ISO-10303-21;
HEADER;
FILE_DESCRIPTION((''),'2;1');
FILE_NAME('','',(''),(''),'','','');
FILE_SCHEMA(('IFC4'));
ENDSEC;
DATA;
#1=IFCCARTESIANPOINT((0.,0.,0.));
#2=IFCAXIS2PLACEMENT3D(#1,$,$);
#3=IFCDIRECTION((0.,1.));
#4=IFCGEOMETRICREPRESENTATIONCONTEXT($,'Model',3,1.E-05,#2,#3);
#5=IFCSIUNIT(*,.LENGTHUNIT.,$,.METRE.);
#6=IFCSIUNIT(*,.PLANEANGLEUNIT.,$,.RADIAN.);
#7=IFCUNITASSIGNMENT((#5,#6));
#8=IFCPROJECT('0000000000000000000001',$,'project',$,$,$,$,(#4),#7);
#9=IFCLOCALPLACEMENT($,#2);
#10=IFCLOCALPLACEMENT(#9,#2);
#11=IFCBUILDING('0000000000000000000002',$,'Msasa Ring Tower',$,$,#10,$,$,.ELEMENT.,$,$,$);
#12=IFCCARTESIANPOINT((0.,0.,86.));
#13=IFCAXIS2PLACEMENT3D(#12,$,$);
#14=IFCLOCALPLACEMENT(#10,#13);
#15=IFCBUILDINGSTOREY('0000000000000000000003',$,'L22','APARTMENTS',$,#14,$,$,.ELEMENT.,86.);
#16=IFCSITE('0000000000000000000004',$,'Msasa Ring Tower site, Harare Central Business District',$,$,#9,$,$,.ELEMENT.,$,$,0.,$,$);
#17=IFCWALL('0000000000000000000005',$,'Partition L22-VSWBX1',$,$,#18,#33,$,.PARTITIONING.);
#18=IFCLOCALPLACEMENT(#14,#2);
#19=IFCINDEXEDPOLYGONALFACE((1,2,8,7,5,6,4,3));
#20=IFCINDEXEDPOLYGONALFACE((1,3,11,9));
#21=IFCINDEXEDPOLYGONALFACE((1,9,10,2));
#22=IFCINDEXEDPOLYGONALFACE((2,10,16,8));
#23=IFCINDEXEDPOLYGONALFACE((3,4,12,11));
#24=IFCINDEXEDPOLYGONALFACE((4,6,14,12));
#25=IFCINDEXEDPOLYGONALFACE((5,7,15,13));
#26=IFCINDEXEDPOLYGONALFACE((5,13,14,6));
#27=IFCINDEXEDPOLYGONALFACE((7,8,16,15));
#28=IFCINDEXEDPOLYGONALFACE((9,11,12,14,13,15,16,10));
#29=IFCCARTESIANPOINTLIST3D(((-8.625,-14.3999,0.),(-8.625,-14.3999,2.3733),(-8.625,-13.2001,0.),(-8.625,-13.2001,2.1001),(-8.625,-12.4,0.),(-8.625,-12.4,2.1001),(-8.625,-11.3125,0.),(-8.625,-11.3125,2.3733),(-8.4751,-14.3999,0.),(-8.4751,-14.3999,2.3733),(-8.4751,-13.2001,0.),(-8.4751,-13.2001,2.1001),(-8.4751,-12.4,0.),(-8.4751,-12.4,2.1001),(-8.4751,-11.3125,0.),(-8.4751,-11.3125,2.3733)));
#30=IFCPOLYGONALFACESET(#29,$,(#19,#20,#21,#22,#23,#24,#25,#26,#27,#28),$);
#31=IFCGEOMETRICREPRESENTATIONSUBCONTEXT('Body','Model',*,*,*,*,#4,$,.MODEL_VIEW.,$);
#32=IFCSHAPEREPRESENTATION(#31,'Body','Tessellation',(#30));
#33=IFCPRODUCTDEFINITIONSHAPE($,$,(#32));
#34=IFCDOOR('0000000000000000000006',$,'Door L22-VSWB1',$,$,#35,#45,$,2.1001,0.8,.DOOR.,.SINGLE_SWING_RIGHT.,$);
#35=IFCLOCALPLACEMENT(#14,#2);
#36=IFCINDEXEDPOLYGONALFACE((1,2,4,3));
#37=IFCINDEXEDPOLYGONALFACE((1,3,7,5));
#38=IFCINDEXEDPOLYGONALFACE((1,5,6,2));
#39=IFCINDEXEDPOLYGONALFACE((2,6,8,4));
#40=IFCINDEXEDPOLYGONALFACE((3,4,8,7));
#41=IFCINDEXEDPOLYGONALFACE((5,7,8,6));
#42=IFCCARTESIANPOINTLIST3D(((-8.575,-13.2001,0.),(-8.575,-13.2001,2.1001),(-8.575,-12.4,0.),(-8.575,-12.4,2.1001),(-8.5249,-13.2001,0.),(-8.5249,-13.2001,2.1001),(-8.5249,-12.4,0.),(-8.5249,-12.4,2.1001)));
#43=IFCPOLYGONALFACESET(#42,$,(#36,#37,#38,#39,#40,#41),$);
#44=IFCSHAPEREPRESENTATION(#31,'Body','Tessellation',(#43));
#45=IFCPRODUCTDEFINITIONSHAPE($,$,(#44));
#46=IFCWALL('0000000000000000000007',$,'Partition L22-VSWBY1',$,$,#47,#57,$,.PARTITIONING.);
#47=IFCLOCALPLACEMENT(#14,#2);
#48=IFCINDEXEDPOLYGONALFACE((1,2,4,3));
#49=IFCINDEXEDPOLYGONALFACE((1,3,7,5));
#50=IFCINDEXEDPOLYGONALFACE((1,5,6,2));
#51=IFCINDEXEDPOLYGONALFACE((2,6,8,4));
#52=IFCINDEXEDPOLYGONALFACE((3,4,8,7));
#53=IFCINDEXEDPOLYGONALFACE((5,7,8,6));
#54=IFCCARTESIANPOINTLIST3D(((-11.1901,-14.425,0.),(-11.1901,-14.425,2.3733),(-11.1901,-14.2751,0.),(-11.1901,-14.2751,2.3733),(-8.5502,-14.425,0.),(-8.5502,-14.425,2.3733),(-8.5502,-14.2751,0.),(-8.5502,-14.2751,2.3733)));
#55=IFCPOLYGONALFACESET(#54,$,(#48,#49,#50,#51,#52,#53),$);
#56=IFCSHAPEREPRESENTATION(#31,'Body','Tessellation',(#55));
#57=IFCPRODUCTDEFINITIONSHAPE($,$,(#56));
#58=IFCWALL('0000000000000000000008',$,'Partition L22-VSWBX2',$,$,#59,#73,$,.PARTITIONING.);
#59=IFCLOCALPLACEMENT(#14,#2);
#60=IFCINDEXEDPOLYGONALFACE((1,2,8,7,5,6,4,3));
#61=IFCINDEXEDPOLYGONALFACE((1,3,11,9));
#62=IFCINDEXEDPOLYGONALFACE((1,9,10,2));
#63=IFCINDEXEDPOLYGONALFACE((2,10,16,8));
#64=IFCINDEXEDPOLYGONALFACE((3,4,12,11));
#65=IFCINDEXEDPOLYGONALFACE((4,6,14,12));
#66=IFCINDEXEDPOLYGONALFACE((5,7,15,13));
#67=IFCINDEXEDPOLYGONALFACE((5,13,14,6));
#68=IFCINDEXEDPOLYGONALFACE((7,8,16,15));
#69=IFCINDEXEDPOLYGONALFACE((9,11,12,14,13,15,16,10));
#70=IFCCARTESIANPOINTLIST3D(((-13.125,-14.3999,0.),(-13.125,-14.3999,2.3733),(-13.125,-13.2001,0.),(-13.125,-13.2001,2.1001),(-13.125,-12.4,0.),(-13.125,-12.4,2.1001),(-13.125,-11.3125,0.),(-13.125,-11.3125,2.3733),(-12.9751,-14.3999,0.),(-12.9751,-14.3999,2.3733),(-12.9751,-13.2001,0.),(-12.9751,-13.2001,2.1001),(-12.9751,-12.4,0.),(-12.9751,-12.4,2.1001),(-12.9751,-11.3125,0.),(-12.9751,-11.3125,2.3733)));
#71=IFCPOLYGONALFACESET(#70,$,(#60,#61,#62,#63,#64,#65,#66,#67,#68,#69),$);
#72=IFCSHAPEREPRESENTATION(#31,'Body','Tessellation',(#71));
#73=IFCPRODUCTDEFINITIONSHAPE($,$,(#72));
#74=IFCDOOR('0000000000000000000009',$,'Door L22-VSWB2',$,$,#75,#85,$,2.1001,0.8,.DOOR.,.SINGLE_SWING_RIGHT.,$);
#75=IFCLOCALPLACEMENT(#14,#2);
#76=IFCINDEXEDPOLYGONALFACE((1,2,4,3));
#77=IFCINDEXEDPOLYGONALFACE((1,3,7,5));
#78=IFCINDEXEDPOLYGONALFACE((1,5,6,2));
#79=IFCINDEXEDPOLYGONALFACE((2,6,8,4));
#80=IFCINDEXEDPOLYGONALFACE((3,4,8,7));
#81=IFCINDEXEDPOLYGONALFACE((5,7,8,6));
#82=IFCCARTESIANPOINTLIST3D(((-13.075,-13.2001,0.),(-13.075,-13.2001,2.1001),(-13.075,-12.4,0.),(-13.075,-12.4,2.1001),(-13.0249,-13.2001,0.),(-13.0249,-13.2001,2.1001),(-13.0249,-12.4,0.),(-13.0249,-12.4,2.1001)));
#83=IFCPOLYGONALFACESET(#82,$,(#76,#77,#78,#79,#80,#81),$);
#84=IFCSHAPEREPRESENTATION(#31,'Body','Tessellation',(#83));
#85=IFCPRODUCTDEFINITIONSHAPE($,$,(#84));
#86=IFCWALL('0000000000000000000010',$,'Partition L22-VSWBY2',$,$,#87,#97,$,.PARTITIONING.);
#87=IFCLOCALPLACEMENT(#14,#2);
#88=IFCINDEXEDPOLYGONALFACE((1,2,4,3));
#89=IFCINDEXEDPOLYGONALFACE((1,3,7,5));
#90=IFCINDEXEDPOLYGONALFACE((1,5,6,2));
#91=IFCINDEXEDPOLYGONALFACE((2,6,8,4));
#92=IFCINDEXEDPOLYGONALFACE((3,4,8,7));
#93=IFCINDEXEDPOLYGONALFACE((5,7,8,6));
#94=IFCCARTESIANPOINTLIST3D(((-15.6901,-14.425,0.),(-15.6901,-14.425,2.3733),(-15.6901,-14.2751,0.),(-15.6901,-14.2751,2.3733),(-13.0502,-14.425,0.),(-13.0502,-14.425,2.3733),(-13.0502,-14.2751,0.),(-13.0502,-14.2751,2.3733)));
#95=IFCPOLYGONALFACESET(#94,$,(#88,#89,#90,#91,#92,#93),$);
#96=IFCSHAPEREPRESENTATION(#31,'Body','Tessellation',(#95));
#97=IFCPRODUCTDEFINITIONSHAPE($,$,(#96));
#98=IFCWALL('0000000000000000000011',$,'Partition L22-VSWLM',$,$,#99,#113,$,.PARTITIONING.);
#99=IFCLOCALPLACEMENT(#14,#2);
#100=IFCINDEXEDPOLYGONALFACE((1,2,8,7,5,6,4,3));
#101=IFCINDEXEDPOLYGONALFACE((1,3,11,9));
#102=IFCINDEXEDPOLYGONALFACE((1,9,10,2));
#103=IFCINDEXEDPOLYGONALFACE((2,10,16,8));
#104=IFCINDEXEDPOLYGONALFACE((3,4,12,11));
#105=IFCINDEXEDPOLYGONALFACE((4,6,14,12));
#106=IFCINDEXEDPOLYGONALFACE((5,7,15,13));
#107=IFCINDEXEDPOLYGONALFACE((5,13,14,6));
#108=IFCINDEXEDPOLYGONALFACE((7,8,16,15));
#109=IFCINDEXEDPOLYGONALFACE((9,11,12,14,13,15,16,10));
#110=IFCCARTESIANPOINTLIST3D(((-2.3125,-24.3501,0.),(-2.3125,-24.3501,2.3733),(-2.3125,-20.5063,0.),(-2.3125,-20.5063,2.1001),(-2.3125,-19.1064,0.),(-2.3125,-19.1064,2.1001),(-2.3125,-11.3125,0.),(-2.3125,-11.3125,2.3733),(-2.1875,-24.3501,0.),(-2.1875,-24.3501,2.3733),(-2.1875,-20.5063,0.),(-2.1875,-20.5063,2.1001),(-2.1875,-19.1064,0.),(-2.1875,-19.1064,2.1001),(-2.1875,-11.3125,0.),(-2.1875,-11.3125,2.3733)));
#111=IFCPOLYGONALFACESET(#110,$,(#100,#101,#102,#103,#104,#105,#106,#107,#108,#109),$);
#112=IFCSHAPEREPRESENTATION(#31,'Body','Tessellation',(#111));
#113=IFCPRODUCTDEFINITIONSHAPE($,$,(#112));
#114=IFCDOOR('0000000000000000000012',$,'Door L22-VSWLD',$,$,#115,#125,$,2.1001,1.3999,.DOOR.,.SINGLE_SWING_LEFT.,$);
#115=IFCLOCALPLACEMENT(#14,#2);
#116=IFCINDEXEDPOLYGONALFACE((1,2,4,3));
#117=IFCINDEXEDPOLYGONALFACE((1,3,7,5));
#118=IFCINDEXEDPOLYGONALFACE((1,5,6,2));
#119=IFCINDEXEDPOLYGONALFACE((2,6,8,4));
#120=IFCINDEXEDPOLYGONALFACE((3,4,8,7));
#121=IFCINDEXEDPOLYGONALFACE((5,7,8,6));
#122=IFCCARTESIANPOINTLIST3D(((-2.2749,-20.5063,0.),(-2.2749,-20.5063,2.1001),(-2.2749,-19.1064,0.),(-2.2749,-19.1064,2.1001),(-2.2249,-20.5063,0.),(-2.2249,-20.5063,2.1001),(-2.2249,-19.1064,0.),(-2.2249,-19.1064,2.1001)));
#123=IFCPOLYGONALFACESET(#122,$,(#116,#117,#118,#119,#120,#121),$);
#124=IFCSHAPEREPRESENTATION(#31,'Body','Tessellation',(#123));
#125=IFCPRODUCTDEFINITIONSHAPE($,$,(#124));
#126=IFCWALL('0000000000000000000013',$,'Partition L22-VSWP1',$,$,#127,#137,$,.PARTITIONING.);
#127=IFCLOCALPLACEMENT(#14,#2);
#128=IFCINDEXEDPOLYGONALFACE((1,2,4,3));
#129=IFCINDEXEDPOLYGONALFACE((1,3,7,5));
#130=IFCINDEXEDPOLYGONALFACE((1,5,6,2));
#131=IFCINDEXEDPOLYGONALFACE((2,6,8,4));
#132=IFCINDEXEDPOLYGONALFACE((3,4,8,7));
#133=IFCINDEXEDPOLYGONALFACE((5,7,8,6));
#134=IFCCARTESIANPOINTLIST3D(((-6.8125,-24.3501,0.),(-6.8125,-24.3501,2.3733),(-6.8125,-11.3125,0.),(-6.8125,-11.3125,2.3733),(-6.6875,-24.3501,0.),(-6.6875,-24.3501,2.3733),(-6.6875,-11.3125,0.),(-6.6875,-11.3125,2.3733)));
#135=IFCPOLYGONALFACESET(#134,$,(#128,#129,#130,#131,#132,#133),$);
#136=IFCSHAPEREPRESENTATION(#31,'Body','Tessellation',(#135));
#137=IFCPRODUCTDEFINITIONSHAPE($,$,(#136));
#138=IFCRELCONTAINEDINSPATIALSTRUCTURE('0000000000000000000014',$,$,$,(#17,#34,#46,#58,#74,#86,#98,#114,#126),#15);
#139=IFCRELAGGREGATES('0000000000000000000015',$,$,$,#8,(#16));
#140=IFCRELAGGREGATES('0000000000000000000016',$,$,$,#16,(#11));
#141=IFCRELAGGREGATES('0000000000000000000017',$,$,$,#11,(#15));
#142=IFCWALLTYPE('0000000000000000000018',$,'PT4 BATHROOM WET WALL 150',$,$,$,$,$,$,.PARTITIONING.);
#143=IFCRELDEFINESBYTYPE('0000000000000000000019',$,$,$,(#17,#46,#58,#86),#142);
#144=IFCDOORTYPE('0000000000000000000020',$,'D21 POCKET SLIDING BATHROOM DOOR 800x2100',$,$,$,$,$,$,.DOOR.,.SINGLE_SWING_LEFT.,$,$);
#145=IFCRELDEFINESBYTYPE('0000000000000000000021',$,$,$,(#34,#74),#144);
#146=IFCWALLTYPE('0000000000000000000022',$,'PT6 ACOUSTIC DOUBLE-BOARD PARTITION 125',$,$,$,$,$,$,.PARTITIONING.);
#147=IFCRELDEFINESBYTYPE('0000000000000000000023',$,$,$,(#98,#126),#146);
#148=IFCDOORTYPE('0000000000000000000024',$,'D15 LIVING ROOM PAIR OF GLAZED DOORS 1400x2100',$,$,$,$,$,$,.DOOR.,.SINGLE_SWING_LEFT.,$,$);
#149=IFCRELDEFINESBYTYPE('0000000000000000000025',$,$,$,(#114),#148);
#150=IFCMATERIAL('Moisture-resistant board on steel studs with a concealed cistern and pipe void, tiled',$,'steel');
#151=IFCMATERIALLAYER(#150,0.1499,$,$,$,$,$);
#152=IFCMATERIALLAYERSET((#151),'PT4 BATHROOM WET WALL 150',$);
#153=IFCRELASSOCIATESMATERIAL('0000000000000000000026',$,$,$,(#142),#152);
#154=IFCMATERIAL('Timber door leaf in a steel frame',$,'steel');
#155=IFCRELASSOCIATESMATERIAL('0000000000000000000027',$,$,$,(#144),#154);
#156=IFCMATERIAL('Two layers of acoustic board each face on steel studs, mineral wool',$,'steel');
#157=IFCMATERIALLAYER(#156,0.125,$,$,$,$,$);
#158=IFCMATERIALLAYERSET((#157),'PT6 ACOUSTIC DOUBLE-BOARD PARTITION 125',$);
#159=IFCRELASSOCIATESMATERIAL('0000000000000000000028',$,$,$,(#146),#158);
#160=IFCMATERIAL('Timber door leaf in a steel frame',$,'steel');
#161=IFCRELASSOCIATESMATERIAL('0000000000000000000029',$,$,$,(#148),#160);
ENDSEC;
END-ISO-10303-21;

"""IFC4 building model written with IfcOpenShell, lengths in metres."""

from ifc_helpers import new_model, si_unit, direction, frame, frame_2d, origin, place, context, subcontext, project, spatial, rectangle, extrude, material, layer, layer_set, type_object, element, fill, save


model = new_model("IFC4")

# Units and contexts
model_context = context("Model", 3, precision=1e-05, world=origin(), true_north=direction((0.0, 1.0)))
body_context = subcontext(model_context, "Body", "Model", "MODEL_VIEW")
ifc_project = project(units=[si_unit("LENGTHUNIT", "METRE"), si_unit("PLANEANGLEUNIT", "RADIAN")], contexts=[model_context])

# Site, building, storey
site_placement = place(None, origin())
site = spatial("IfcSite", under=ifc_project, at=site_placement, Name="Msasa Ring Tower site, Harare Central Business District", CompositionType="ELEMENT", RefElevation=0.0)
building_placement = place(site_placement, origin())
building = spatial("IfcBuilding", under=site, at=building_placement, Name="Msasa Ring Tower", CompositionType="ELEMENT")
storey_placement = place(building_placement, frame((0.0, 0.0, 86.0)))
storey = spatial("IfcBuildingStorey", under=building, at=storey_placement, Name="L22", Description="APARTMENTS", CompositionType="ELEMENT", Elevation=86.0)

# Wall, opening, door
ifc_material_1 = material(Name="Moisture-resistant board on steel studs with a concealed cistern and pipe void, tiled", Category="steel")
ifc_layer_1 = layer(ifc_material_1, 0.1499)
ifc_layer_set_1 = layer_set([ifc_layer_1], Name="PT4 BATHROOM WET WALL 150")
wall_type_1 = type_object("IfcWallType", Name="PT4 BATHROOM WET WALL 150", PredefinedType="PARTITIONING", material=ifc_layer_set_1)
wall_1_placement = place(storey_placement, frame((-8.55, -14.3999, 0.0), z_axis=(0.0, 0.0, 1.0), x_axis=(0.0, 1.0, 0.0)))
wall_1 = element("IfcWall", 1, at=wall_1_placement, inside=storey, type_object=wall_type_1, Name="Partition L22-VSWBX1", PredefinedType="PARTITIONING", context=body_context, shape_type="SweptSolid", body=[
    extrude(rectangle(XDim=3.0874, YDim=0.1499, at=frame_2d((1.5437, 0.0))), origin(), (0.0, 0.0, 1.0), 2.3733),
])
opening_1_placement = place(wall_1_placement, frame((1.2, 0.0, 0.0)))
opening_1 = element("IfcOpeningElement", 2, at=opening_1_placement, cuts=wall_1, PredefinedType="OPENING", context=body_context, shape_type="SweptSolid", body=[
    extrude(rectangle(XDim=0.8, YDim=2.1001, at=frame_2d((0.3999, 1.05))), frame((0.0, 0.085, 0.0), z_axis=(0.0, -1.0, 0.0), x_axis=(1.0, 0.0, 0.0)), (0.0, 0.0, 1.0), 0.1699),
])
ifc_material_2 = material(Name="Timber door leaf in a steel frame", Category="steel")
door_type_1 = type_object("IfcDoorType", Name="D21 POCKET SLIDING BATHROOM DOOR 800x2100", OperationType="SINGLE_SWING_LEFT", PredefinedType="DOOR", material=ifc_material_2)
door_1_placement = place(opening_1_placement, origin())
door_1 = element("IfcDoor", 3, at=door_1_placement, inside=storey, type_object=door_type_1, Name="Door L22-VSWB1", OperationType="SINGLE_SWING_RIGHT", OverallHeight=2.1001, OverallWidth=0.8, PredefinedType="DOOR", context=body_context, shape_type="SweptSolid", body=[
    extrude(rectangle(XDim=0.8, YDim=2.1001, at=frame_2d((0.3999, 1.05))), frame((0.0, 0.0249, 0.0), z_axis=(0.0, -1.0, 0.0), x_axis=(1.0, 0.0, 0.0)), (0.0, 0.0, 1.0), 0.05),
])
fill(opening_1, door_1)

# Wall
wall_2_placement = place(storey_placement, frame((-11.1899, -14.3501, 0.0), z_axis=(0.0, 0.0, 1.0), x_axis=(1.0, 0.0, 0.0)))
element("IfcWall", 4, at=wall_2_placement, inside=storey, type_object=wall_type_1, Name="Partition L22-VSWBY1", PredefinedType="PARTITIONING", context=body_context, shape_type="SweptSolid", body=[
    extrude(rectangle(XDim=2.6399, YDim=0.1499, at=frame_2d((1.3198, 0.0))), origin(), (0.0, 0.0, 1.0), 2.3733),
])

# Wall, opening, door
wall_3_placement = place(storey_placement, frame((-13.05, -14.3999, 0.0), z_axis=(0.0, 0.0, 1.0), x_axis=(0.0, 1.0, 0.0)))
wall_3 = element("IfcWall", 5, at=wall_3_placement, inside=storey, type_object=wall_type_1, Name="Partition L22-VSWBX2", PredefinedType="PARTITIONING", context=body_context, shape_type="SweptSolid", body=[
    extrude(rectangle(XDim=3.0874, YDim=0.1499, at=frame_2d((1.5437, 0.0))), origin(), (0.0, 0.0, 1.0), 2.3733),
])
opening_2_placement = place(wall_3_placement, frame((1.2, 0.0, 0.0)))
opening_2 = element("IfcOpeningElement", 6, at=opening_2_placement, cuts=wall_3, PredefinedType="OPENING", context=body_context, shape_type="SweptSolid", body=[
    extrude(rectangle(XDim=0.8, YDim=2.1001, at=frame_2d((0.3999, 1.05))), frame((0.0, 0.085, 0.0), z_axis=(0.0, -1.0, 0.0), x_axis=(1.0, 0.0, 0.0)), (0.0, 0.0, 1.0), 0.1699),
])
door_2_placement = place(opening_2_placement, origin())
door_2 = element("IfcDoor", 7, at=door_2_placement, inside=storey, type_object=door_type_1, Name="Door L22-VSWB2", OperationType="SINGLE_SWING_RIGHT", OverallHeight=2.1001, OverallWidth=0.8, PredefinedType="DOOR", context=body_context, shape_type="SweptSolid", body=[
    extrude(rectangle(XDim=0.8, YDim=2.1001, at=frame_2d((0.3999, 1.05))), frame((0.0, 0.0249, 0.0), z_axis=(0.0, -1.0, 0.0), x_axis=(1.0, 0.0, 0.0)), (0.0, 0.0, 1.0), 0.05),
])
fill(opening_2, door_2)

# Wall
wall_4_placement = place(storey_placement, frame((-15.6899, -14.3501, 0.0), z_axis=(0.0, 0.0, 1.0), x_axis=(1.0, 0.0, 0.0)))
element("IfcWall", 8, at=wall_4_placement, inside=storey, type_object=wall_type_1, Name="Partition L22-VSWBY2", PredefinedType="PARTITIONING", context=body_context, shape_type="SweptSolid", body=[
    extrude(rectangle(XDim=2.6399, YDim=0.1499, at=frame_2d((1.3198, 0.0))), origin(), (0.0, 0.0, 1.0), 2.3733),
])

# Wall, opening, door
ifc_material_3 = material(Name="Two layers of acoustic board each face on steel studs, mineral wool", Category="steel")
ifc_layer_2 = layer(ifc_material_3, 0.125)
ifc_layer_set_2 = layer_set([ifc_layer_2], Name="PT6 ACOUSTIC DOUBLE-BOARD PARTITION 125")
wall_type_2 = type_object("IfcWallType", Name="PT6 ACOUSTIC DOUBLE-BOARD PARTITION 125", PredefinedType="PARTITIONING", material=ifc_layer_set_2)
wall_5_placement = place(storey_placement, frame((-2.25, -24.3501, 0.0), z_axis=(0.0, 0.0, 1.0), x_axis=(0.0, 1.0, 0.0)))
wall_5 = element("IfcWall", 9, at=wall_5_placement, inside=storey, type_object=wall_type_2, Name="Partition L22-VSWLM", PredefinedType="PARTITIONING", context=body_context, shape_type="SweptSolid", body=[
    extrude(rectangle(XDim=13.0376, YDim=0.125, at=frame_2d((6.5188, 0.0))), origin(), (0.0, 0.0, 1.0), 2.3733),
])
opening_3_placement = place(wall_5_placement, frame((3.8438, 0.0, 0.0)))
opening_3 = element("IfcOpeningElement", 10, at=opening_3_placement, cuts=wall_5, PredefinedType="OPENING", context=body_context, shape_type="SweptSolid", body=[
    extrude(rectangle(XDim=1.3999, YDim=2.1001, at=frame_2d((0.7, 1.05))), frame((0.0, 0.0725, 0.0), z_axis=(0.0, -1.0, 0.0), x_axis=(1.0, 0.0, 0.0)), (0.0, 0.0, 1.0), 0.145),
])
ifc_material_4 = material(Name="Timber door leaf in a steel frame", Category="steel")
door_type_2 = type_object("IfcDoorType", Name="D15 LIVING ROOM PAIR OF GLAZED DOORS 1400x2100", OperationType="SINGLE_SWING_LEFT", PredefinedType="DOOR", material=ifc_material_4)
door_3_placement = place(opening_3_placement, origin())
door_3 = element("IfcDoor", 11, at=door_3_placement, inside=storey, type_object=door_type_2, Name="Door L22-VSWLD", OperationType="SINGLE_SWING_LEFT", OverallHeight=2.1001, OverallWidth=1.3999, PredefinedType="DOOR", context=body_context, shape_type="SweptSolid", body=[
    extrude(rectangle(XDim=1.3999, YDim=2.1001, at=frame_2d((0.7, 1.05))), frame((0.0, 0.0249, 0.0), z_axis=(0.0, -1.0, 0.0), x_axis=(1.0, 0.0, 0.0)), (0.0, 0.0, 1.0), 0.05),
])
fill(opening_3, door_3)

# Wall
wall_6_placement = place(storey_placement, frame((-6.75, -24.3501, 0.0), z_axis=(0.0, 0.0, 1.0), x_axis=(0.0, 1.0, 0.0)))
element("IfcWall", 12, at=wall_6_placement, inside=storey, type_object=wall_type_2, Name="Partition L22-VSWP1", PredefinedType="PARTITIONING", context=body_context, shape_type="SweptSolid", body=[
    extrude(rectangle(XDim=13.0376, YDim=0.125, at=frame_2d((6.5188, 0.0))), origin(), (0.0, 0.0, 1.0), 2.3733),
])

save(model, "model.ifc")
